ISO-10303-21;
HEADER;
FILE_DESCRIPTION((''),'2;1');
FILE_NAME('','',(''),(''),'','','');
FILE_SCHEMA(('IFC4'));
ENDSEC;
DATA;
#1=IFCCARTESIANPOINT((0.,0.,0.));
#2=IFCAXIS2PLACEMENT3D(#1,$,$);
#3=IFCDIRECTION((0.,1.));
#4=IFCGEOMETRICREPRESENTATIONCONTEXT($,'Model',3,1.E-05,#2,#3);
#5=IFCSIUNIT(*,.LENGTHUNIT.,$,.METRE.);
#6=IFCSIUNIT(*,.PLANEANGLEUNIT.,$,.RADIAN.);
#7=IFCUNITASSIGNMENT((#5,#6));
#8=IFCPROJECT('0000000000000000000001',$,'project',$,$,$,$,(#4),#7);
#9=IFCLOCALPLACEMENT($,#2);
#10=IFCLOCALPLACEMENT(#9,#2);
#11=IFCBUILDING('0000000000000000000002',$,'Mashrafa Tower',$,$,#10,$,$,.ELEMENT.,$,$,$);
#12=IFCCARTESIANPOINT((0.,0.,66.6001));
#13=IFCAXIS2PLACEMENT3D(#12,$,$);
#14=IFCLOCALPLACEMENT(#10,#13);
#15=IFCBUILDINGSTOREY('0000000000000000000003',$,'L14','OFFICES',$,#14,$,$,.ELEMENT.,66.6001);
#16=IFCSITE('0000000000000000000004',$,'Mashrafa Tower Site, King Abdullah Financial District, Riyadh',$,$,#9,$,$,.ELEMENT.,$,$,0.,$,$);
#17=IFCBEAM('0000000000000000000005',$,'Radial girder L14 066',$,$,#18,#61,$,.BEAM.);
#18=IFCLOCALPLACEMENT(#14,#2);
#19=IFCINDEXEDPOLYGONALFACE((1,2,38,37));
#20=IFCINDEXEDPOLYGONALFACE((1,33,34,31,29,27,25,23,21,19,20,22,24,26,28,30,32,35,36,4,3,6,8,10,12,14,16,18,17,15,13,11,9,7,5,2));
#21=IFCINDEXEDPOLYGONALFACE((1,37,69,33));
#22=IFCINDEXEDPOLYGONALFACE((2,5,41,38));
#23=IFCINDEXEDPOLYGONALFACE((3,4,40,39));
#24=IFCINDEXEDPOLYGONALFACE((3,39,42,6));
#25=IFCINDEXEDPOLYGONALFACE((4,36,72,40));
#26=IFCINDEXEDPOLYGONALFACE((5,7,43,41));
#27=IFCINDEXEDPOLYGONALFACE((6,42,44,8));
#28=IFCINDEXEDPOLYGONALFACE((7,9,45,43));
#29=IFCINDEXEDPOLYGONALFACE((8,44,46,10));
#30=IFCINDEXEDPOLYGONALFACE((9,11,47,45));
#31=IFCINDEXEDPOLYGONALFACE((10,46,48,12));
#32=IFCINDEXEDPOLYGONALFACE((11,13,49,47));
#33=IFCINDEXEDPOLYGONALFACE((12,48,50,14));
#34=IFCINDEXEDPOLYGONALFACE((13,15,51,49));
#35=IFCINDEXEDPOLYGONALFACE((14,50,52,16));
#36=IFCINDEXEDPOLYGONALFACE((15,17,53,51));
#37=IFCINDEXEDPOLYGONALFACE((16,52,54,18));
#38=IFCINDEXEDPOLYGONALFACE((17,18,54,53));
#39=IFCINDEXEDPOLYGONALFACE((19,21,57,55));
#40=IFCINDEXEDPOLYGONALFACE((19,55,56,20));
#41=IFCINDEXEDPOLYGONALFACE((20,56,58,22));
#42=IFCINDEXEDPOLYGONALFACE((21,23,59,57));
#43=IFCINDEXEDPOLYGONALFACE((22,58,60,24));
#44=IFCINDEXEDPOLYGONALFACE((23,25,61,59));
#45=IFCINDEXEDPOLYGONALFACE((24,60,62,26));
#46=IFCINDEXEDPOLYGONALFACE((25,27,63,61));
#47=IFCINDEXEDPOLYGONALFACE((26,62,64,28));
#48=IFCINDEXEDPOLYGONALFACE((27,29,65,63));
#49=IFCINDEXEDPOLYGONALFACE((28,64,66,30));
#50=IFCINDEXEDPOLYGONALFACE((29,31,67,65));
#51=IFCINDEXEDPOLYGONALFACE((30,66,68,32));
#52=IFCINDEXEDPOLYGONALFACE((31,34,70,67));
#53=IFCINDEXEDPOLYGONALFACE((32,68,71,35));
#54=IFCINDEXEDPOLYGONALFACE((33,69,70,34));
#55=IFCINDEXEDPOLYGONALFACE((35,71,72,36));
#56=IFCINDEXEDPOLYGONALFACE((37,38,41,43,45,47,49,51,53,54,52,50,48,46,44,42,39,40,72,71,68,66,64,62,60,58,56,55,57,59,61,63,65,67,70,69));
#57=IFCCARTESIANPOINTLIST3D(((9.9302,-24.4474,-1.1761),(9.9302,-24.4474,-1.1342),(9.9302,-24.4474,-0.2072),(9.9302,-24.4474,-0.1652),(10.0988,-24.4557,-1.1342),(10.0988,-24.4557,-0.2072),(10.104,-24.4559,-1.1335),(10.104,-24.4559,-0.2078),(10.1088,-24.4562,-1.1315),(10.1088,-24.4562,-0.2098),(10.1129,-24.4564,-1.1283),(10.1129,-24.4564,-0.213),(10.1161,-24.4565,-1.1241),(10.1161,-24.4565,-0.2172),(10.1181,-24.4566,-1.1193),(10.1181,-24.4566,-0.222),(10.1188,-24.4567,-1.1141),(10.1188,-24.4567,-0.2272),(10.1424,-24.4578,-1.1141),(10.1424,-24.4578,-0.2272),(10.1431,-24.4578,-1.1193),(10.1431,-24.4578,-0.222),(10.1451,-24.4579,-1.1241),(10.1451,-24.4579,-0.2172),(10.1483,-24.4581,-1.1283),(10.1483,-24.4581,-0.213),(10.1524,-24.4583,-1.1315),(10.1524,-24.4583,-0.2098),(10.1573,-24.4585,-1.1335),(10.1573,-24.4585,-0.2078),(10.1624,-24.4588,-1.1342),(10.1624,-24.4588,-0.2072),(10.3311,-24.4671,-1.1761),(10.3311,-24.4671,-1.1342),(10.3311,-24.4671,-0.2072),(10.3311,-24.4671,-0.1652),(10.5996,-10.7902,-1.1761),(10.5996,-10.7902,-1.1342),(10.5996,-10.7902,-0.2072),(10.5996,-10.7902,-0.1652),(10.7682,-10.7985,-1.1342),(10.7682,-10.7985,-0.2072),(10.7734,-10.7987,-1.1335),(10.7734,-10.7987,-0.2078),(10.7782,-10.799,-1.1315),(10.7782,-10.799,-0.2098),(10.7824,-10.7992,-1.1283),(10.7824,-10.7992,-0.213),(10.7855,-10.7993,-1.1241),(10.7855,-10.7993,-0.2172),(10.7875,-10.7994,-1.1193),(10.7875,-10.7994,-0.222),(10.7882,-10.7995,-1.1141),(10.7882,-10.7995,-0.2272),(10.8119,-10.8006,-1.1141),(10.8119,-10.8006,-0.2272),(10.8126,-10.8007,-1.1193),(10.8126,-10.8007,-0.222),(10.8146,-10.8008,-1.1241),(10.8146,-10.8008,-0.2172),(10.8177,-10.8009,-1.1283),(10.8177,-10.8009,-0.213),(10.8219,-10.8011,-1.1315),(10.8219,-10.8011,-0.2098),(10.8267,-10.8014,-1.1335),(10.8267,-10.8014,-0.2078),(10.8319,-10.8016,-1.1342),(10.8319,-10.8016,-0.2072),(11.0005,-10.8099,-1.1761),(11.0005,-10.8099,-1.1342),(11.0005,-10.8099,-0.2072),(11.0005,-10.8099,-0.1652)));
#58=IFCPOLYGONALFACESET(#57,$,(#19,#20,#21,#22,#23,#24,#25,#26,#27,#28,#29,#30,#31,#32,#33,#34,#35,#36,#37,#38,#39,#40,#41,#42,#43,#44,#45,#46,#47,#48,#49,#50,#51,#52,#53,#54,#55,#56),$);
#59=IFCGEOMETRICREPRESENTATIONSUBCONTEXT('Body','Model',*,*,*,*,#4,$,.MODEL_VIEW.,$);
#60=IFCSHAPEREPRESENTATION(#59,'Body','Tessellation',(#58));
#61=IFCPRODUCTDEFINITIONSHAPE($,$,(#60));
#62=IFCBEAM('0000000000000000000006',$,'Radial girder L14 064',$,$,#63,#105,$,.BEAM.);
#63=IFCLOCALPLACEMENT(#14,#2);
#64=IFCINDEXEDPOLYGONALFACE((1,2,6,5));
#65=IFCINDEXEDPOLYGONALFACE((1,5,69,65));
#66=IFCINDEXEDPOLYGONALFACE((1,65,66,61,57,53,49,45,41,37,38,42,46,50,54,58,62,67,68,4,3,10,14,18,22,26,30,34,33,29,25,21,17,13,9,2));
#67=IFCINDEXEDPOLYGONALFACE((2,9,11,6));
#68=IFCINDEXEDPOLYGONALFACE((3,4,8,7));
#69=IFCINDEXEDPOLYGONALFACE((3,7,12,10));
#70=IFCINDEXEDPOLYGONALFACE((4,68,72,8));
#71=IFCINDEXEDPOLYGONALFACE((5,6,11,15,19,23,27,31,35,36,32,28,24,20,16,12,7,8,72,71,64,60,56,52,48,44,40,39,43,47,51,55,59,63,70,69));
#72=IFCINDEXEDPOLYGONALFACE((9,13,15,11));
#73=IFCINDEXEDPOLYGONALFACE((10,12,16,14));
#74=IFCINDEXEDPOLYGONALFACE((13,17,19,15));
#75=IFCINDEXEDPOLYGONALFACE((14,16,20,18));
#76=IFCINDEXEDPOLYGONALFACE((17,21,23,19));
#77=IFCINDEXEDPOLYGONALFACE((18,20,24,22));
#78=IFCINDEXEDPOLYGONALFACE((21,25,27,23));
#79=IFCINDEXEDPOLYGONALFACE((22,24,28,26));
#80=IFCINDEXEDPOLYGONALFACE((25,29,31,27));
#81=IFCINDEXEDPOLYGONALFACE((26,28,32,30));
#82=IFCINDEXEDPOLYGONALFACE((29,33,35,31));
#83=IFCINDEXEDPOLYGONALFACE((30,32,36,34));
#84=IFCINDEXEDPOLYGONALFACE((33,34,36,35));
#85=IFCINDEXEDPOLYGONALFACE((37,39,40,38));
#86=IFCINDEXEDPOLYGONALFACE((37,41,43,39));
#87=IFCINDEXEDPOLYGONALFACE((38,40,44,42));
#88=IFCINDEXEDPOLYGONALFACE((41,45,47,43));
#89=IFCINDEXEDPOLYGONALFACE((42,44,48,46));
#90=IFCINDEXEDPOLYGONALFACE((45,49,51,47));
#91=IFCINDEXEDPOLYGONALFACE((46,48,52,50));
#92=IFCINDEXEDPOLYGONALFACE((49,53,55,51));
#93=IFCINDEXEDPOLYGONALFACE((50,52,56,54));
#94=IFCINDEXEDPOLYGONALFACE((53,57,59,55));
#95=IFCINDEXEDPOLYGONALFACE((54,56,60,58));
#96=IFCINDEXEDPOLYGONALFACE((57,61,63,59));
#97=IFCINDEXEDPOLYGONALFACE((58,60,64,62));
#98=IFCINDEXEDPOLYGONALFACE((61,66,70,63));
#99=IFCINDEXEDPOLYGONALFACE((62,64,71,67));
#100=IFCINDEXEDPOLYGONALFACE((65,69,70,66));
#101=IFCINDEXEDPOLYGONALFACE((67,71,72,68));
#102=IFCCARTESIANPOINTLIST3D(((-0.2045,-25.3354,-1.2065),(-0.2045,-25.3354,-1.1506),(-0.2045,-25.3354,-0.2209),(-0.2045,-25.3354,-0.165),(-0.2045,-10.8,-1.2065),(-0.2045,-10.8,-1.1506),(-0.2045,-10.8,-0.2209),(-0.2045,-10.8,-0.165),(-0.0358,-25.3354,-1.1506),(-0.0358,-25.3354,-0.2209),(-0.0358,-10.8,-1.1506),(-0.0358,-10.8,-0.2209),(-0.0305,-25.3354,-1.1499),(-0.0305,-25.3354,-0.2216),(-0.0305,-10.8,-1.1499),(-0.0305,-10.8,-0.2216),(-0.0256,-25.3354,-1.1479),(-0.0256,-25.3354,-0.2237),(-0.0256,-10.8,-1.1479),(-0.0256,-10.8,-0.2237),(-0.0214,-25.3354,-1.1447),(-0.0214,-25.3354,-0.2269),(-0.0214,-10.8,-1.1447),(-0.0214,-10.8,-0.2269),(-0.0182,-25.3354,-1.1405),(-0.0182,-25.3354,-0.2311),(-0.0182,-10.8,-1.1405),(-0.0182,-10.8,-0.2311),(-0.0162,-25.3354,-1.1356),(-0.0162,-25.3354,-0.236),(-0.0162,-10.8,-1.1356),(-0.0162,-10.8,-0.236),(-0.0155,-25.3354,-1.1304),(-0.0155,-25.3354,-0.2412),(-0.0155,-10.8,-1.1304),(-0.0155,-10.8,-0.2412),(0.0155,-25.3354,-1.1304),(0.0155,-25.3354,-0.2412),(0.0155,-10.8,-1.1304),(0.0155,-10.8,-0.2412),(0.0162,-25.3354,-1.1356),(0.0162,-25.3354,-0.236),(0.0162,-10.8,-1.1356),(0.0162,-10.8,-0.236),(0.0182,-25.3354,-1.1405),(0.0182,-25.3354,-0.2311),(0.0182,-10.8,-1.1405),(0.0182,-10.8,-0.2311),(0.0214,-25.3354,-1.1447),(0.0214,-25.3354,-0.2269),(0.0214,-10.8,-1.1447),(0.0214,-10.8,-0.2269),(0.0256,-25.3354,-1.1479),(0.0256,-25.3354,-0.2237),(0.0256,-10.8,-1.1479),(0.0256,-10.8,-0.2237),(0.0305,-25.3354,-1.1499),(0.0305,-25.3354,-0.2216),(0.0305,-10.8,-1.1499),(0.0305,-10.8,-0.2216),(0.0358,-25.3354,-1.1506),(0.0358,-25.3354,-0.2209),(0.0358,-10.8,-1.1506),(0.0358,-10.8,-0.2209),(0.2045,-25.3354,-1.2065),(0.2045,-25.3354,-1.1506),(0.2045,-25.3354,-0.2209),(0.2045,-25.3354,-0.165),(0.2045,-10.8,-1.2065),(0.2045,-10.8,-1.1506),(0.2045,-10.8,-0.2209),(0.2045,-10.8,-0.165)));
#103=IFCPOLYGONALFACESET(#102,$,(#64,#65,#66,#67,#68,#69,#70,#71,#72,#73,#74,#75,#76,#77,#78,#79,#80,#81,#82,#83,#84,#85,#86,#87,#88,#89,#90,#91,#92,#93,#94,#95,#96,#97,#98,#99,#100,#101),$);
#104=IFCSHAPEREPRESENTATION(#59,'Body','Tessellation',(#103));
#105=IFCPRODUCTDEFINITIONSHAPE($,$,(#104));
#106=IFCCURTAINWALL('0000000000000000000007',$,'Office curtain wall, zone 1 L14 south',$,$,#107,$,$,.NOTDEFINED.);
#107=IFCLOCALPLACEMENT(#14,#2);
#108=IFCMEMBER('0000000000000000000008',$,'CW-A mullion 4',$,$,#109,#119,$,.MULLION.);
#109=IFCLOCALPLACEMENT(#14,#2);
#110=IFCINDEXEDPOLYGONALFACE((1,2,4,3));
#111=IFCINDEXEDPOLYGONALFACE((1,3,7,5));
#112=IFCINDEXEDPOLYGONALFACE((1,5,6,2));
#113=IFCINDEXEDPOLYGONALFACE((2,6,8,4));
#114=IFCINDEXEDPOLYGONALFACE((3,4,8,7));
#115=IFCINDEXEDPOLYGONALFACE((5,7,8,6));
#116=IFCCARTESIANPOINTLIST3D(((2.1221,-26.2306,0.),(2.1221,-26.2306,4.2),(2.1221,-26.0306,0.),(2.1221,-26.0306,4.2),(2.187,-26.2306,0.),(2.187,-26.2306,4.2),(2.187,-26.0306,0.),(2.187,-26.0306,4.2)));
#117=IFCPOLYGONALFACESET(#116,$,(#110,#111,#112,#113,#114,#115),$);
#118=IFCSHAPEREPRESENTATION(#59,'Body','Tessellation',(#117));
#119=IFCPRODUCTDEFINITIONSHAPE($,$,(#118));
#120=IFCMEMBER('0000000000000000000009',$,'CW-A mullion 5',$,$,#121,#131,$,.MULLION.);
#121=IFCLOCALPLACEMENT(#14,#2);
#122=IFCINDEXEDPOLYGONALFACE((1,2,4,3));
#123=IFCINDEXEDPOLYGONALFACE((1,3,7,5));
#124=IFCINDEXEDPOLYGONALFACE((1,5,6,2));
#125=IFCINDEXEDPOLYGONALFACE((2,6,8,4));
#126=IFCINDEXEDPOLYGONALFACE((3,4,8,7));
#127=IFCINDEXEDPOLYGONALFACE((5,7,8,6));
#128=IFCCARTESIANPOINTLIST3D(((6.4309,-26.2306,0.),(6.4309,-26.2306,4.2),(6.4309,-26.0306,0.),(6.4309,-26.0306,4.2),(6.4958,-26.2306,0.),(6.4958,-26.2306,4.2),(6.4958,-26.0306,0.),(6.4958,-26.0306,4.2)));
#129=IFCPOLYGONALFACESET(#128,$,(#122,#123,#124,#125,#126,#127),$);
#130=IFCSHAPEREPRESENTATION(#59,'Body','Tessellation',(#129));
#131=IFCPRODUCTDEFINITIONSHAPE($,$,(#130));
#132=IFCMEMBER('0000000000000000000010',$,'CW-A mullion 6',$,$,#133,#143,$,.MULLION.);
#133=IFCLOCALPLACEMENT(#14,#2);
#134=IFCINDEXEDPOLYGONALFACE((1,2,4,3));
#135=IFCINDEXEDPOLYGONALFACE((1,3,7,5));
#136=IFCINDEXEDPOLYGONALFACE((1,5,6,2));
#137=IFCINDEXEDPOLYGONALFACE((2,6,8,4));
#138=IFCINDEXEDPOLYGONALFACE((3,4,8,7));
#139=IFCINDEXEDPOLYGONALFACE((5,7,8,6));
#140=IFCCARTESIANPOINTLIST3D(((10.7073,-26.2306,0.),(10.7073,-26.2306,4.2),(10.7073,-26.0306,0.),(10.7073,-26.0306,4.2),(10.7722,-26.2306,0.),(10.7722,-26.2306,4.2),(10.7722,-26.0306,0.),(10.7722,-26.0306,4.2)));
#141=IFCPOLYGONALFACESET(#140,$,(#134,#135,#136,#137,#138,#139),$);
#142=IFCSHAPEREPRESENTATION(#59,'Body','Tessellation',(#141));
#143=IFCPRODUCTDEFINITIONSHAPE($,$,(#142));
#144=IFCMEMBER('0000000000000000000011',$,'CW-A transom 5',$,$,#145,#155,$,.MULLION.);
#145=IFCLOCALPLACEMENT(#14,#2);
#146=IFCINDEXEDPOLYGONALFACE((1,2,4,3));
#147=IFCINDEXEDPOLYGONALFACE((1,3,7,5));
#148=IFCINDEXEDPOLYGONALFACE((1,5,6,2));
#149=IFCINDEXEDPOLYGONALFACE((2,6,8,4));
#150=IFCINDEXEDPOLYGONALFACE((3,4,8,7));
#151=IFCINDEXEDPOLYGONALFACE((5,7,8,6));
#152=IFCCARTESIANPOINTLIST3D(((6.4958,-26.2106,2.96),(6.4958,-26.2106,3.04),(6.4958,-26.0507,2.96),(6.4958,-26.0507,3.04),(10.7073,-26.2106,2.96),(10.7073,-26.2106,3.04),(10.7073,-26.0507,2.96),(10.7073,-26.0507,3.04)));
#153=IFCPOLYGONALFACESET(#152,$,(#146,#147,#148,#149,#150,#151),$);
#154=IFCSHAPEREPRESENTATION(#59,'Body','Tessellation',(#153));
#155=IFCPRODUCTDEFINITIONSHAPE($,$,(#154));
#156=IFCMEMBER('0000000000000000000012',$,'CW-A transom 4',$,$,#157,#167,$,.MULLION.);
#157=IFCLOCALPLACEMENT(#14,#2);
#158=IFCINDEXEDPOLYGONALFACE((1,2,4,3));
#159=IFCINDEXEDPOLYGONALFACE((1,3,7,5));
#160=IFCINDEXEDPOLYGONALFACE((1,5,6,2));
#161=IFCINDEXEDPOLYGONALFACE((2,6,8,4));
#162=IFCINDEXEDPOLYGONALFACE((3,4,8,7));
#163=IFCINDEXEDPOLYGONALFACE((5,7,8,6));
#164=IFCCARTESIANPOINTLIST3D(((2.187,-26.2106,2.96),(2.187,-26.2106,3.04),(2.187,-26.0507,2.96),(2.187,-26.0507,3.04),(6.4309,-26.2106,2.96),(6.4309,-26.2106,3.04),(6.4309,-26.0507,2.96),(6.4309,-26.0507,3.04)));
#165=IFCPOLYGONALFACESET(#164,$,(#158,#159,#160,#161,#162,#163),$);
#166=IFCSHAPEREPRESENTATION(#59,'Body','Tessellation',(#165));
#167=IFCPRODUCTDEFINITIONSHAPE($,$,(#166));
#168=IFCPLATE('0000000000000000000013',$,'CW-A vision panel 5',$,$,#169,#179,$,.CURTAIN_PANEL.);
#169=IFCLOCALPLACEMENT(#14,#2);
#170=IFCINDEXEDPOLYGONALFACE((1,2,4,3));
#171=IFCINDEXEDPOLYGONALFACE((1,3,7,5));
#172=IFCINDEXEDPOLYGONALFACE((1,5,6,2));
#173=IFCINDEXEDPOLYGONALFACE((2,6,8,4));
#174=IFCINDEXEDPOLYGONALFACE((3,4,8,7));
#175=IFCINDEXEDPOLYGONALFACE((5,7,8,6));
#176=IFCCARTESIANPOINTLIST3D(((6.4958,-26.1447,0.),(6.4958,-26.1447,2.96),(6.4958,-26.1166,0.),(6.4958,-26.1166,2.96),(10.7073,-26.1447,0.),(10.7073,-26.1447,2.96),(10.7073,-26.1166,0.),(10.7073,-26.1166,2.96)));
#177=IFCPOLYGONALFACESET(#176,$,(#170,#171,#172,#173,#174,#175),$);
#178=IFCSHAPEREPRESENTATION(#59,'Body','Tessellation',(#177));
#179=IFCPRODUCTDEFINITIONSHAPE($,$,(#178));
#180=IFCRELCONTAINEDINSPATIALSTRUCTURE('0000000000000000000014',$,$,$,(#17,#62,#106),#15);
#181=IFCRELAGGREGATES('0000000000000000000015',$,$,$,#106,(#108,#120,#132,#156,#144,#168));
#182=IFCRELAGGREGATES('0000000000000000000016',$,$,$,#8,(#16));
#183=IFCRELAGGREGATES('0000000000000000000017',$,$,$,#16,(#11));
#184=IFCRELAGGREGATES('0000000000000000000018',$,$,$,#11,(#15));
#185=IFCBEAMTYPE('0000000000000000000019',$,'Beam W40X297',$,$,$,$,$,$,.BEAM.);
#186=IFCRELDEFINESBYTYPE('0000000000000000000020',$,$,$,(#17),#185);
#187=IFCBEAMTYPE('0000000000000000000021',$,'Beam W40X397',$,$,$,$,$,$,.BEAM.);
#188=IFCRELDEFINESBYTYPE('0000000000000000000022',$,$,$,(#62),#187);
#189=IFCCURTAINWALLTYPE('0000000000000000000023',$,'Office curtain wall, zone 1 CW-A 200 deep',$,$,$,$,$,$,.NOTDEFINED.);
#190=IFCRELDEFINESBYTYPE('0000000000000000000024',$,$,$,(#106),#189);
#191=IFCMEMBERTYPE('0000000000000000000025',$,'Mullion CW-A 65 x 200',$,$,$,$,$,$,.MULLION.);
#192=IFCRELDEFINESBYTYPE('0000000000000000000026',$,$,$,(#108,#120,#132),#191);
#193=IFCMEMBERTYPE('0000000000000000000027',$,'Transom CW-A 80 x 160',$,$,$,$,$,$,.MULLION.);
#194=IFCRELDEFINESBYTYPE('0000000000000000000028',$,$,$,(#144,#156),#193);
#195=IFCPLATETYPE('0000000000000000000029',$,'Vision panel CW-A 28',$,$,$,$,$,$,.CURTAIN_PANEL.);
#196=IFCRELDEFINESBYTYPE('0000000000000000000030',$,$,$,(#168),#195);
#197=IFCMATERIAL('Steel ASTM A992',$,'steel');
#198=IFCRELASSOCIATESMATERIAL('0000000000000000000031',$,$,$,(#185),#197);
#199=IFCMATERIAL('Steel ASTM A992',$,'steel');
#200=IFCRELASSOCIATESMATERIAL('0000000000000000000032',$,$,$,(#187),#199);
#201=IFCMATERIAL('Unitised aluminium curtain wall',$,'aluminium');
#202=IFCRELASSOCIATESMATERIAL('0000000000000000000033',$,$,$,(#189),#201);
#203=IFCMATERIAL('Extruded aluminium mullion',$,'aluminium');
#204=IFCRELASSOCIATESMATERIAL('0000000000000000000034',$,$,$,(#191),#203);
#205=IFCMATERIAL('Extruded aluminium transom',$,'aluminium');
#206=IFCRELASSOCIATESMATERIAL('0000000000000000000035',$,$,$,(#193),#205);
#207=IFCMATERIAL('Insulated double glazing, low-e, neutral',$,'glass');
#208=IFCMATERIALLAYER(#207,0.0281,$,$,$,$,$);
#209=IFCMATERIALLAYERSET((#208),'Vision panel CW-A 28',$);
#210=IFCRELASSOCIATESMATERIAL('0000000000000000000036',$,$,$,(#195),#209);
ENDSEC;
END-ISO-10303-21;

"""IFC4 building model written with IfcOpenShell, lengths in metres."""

from ifc_helpers import new_model, si_unit, direction, frame, origin, origin_2d, place, context, subcontext, project, spatial, rectangle, i_section, extrude, source, transform, mapped, material, layer, layer_set, material_profile, profile_set, type_object, type_shapes, element, aggregate, save


model = new_model("IFC4")

# Units and contexts
model_context = context("Model", 3, precision=1e-05, world=origin(), true_north=direction((0.0, 1.0)))
body_context = subcontext(model_context, "Body", "Model", "MODEL_VIEW")
ifc_project = project(units=[si_unit("LENGTHUNIT", "METRE"), si_unit("PLANEANGLEUNIT", "RADIAN")], contexts=[model_context])

# Site, building, storey
site_placement = place(None, origin())
site = spatial("IfcSite", under=ifc_project, at=site_placement, Name="Mashrafa Tower Site, King Abdullah Financial District, Riyadh", CompositionType="ELEMENT", RefElevation=0.0)
building_placement = place(site_placement, origin())
building = spatial("IfcBuilding", under=site, at=building_placement, Name="Mashrafa Tower", CompositionType="ELEMENT")
storey_placement = place(building_placement, frame((0.0, 0.0, 66.6001)))
storey = spatial("IfcBuildingStorey", under=building, at=storey_placement, Name="L14", Description="OFFICES", CompositionType="ELEMENT", Elevation=66.6001)

# Beams
ifc_material_1 = material(Name="Steel ASTM A992", Category="steel")
ifc_material_profile_1 = material_profile(ifc_material_1, i_section(OverallWidth=0.4014, OverallDepth=1.011, WebThickness=0.0237, FlangeThickness=0.042, FilletRadius=0.02, at=origin_2d()), Name="W40X297")
ifc_profile_set_1 = profile_set([ifc_material_profile_1], Name="Steel ASTM A992")
beam_type_1 = type_object("IfcBeamType", Name="Beam W40X297", PredefinedType="BEAM", material=ifc_profile_set_1)
beam_1_placement = place(storey_placement, frame((10.8, -10.8, -0.6707), z_axis=(-0.048958, -0.998801, 0.0), x_axis=(0.998801, -0.048958, 0.0)))
element("IfcBeam", 1, at=beam_1_placement, inside=storey, type_object=beam_type_1, Name="Radial girder L14 066", PredefinedType="BEAM", context=body_context, shape_type="SweptSolid", body=[
    extrude(i_section(OverallWidth=0.4014, OverallDepth=1.011, WebThickness=0.0237, FlangeThickness=0.042, FilletRadius=0.02, at=origin_2d()), origin(), (0.0, 0.0, 1.0), 13.6736),
])
ifc_material_2 = material(Name="Steel ASTM A992", Category="steel")
ifc_material_profile_2 = material_profile(ifc_material_2, i_section(OverallWidth=0.4089, OverallDepth=1.0415, WebThickness=0.031, FlangeThickness=0.0559, FilletRadius=0.0203, at=origin_2d()), Name="W40X397")
ifc_profile_set_2 = profile_set([ifc_material_profile_2], Name="Steel ASTM A992")
beam_type_2 = type_object("IfcBeamType", Name="Beam W40X397", PredefinedType="BEAM", material=ifc_profile_set_2)
beam_2_placement = place(storey_placement, frame((0.0, -10.8, -0.6858), z_axis=(0.0, -1.0, 0.0), x_axis=(1.0, 0.0, 0.0)))
element("IfcBeam", 2, at=beam_2_placement, inside=storey, type_object=beam_type_2, Name="Radial girder L14 064", PredefinedType="BEAM", context=body_context, shape_type="SweptSolid", body=[
    extrude(i_section(OverallWidth=0.4089, OverallDepth=1.0415, WebThickness=0.031, FlangeThickness=0.0559, FilletRadius=0.0203, at=origin_2d()), origin(), (0.0, 0.0, 1.0), 14.5354),
])

# Curtain wall, members, plate
ifc_material_3 = material(Name="Unitised aluminium curtain wall", Category="aluminium")
curtain_wall_type = type_object("IfcCurtainWallType", Name="Office curtain wall, zone 1 CW-A 200 deep", PredefinedType="NOTDEFINED", material=ifc_material_3)
curtain_wall_placement = place(storey_placement, origin())
curtain_wall = element("IfcCurtainWall", 3, at=curtain_wall_placement, inside=storey, type_object=curtain_wall_type, Name="Office curtain wall, zone 1 L14 south", PredefinedType="NOTDEFINED")
ifc_material_4 = material(Name="Extruded aluminium mullion", Category="aluminium")
ifc_material_profile_3 = material_profile(ifc_material_4, rectangle(XDim=0.2, YDim=0.0649, at=origin_2d()), Name="Mullion 65x200")
ifc_profile_set_3 = profile_set([ifc_material_profile_3], Name="Extruded aluminium mullion")
member_type_1 = type_object("IfcMemberType", Name="Mullion CW-A 65 x 200", PredefinedType="MULLION", material=ifc_profile_set_3)
shared_shape_1 = source(origin(), body_context, "Body", "SweptSolid", [
    extrude(rectangle(XDim=0.2, YDim=0.0649, at=origin_2d()), origin(), (0.0, 0.0, 1.0), 4.2),
])
type_shapes(member_type_1, [shared_shape_1])
member_1_placement = place(storey_placement, frame((2.1545, -26.1306, 0.0), z_axis=(0.0, 0.0, 1.0), x_axis=(0.0, 1.0, 0.0)))
member_1 = element("IfcMember", 4, at=member_1_placement, type_object=member_type_1, Name="CW-A mullion 4", PredefinedType="MULLION", context=body_context, shape_type="MappedRepresentation", body=[
    mapped(shared_shape_1, transform((0.0, 0.0, 0.0))),
])
member_2_placement = place(storey_placement, frame((6.4634, -26.1306, 0.0), z_axis=(0.0, 0.0, 1.0), x_axis=(0.0, 1.0, 0.0)))
member_2 = element("IfcMember", 5, at=member_2_placement, type_object=member_type_1, Name="CW-A mullion 5", PredefinedType="MULLION", context=body_context, shape_type="MappedRepresentation", body=[
    mapped(shared_shape_1, transform((0.0, 0.0, 0.0))),
])
member_3_placement = place(storey_placement, frame((10.7397, -26.1306, 0.0), z_axis=(0.0, 0.0, 1.0), x_axis=(0.0, 1.0, 0.0)))
member_3 = element("IfcMember", 6, at=member_3_placement, type_object=member_type_1, Name="CW-A mullion 6", PredefinedType="MULLION", context=body_context, shape_type="MappedRepresentation", body=[
    mapped(shared_shape_1, transform((0.0, 0.0, 0.0))),
])
ifc_material_5 = material(Name="Extruded aluminium transom", Category="aluminium")
ifc_material_profile_4 = material_profile(ifc_material_5, rectangle(XDim=0.1599, YDim=0.0801, at=origin_2d()), Name="Transom 80x160")
ifc_profile_set_4 = profile_set([ifc_material_profile_4], Name="Extruded aluminium transom")
member_type_2 = type_object("IfcMemberType", Name="Transom CW-A 80 x 160", PredefinedType="MULLION", material=ifc_profile_set_4)
shared_shape_2 = source(origin(), body_context, "Body", "SweptSolid", [
    extrude(rectangle(XDim=0.1599, YDim=0.0801, at=origin_2d()), origin(), (0.0, 0.0, 1.0), 4.2114),
])
member_4_placement = place(storey_placement, frame((6.4958, -26.1306, 3.0), z_axis=(1.0, 0.0, 0.0), x_axis=(0.0, 1.0, 0.0)))
member_4 = element("IfcMember", 7, at=member_4_placement, type_object=member_type_2, Name="CW-A transom 5", PredefinedType="MULLION", context=body_context, shape_type="MappedRepresentation", body=[
    mapped(shared_shape_2, transform((0.0, 0.0, 0.0))),
])
shared_shape_3 = source(origin(), body_context, "Body", "SweptSolid", [
    extrude(rectangle(XDim=0.1599, YDim=0.0801, at=origin_2d()), origin(), (0.0, 0.0, 1.0), 4.2439),
])
type_shapes(member_type_2, [shared_shape_2, shared_shape_3])
member_5_placement = place(storey_placement, frame((2.187, -26.1306, 3.0), z_axis=(1.0, 0.0, 0.0), x_axis=(0.0, 1.0, 0.0)))
member_5 = element("IfcMember", 8, at=member_5_placement, type_object=member_type_2, Name="CW-A transom 4", PredefinedType="MULLION", context=body_context, shape_type="MappedRepresentation", body=[
    mapped(shared_shape_3, transform((0.0, 0.0, 0.0))),
])
ifc_material_6 = material(Name="Insulated double glazing, low-e, neutral", Category="glass")
ifc_layer_1 = layer(ifc_material_6, 0.0281)
ifc_layer_set_1 = layer_set([ifc_layer_1], Name="Vision panel CW-A 28")
plate_type_1 = type_object("IfcPlateType", Name="Vision panel CW-A 28", PredefinedType="CURTAIN_PANEL", material=ifc_layer_set_1)
shared_shape_4 = source(origin(), body_context, "Body", "SweptSolid", [
    extrude(rectangle(XDim=4.2114, YDim=0.0281, at=origin_2d()), origin(), (0.0, 0.0, 1.0), 2.96),
])
plate_1_placement = place(storey_placement, frame((8.6016, -26.1306, 0.0), z_axis=(0.0, 0.0, 1.0), x_axis=(1.0, 0.0, 0.0)))
plate_1 = element("IfcPlate", 9, at=plate_1_placement, type_object=plate_type_1, Name="CW-A vision panel 5", PredefinedType="CURTAIN_PANEL", context=body_context, shape_type="MappedRepresentation", body=[
    mapped(shared_shape_4, transform((0.0, 0.0, 0.0))),
])
aggregate(curtain_wall, [member_1, member_2, member_3, member_5, member_4, plate_1])

save(model, "model.ifc")
